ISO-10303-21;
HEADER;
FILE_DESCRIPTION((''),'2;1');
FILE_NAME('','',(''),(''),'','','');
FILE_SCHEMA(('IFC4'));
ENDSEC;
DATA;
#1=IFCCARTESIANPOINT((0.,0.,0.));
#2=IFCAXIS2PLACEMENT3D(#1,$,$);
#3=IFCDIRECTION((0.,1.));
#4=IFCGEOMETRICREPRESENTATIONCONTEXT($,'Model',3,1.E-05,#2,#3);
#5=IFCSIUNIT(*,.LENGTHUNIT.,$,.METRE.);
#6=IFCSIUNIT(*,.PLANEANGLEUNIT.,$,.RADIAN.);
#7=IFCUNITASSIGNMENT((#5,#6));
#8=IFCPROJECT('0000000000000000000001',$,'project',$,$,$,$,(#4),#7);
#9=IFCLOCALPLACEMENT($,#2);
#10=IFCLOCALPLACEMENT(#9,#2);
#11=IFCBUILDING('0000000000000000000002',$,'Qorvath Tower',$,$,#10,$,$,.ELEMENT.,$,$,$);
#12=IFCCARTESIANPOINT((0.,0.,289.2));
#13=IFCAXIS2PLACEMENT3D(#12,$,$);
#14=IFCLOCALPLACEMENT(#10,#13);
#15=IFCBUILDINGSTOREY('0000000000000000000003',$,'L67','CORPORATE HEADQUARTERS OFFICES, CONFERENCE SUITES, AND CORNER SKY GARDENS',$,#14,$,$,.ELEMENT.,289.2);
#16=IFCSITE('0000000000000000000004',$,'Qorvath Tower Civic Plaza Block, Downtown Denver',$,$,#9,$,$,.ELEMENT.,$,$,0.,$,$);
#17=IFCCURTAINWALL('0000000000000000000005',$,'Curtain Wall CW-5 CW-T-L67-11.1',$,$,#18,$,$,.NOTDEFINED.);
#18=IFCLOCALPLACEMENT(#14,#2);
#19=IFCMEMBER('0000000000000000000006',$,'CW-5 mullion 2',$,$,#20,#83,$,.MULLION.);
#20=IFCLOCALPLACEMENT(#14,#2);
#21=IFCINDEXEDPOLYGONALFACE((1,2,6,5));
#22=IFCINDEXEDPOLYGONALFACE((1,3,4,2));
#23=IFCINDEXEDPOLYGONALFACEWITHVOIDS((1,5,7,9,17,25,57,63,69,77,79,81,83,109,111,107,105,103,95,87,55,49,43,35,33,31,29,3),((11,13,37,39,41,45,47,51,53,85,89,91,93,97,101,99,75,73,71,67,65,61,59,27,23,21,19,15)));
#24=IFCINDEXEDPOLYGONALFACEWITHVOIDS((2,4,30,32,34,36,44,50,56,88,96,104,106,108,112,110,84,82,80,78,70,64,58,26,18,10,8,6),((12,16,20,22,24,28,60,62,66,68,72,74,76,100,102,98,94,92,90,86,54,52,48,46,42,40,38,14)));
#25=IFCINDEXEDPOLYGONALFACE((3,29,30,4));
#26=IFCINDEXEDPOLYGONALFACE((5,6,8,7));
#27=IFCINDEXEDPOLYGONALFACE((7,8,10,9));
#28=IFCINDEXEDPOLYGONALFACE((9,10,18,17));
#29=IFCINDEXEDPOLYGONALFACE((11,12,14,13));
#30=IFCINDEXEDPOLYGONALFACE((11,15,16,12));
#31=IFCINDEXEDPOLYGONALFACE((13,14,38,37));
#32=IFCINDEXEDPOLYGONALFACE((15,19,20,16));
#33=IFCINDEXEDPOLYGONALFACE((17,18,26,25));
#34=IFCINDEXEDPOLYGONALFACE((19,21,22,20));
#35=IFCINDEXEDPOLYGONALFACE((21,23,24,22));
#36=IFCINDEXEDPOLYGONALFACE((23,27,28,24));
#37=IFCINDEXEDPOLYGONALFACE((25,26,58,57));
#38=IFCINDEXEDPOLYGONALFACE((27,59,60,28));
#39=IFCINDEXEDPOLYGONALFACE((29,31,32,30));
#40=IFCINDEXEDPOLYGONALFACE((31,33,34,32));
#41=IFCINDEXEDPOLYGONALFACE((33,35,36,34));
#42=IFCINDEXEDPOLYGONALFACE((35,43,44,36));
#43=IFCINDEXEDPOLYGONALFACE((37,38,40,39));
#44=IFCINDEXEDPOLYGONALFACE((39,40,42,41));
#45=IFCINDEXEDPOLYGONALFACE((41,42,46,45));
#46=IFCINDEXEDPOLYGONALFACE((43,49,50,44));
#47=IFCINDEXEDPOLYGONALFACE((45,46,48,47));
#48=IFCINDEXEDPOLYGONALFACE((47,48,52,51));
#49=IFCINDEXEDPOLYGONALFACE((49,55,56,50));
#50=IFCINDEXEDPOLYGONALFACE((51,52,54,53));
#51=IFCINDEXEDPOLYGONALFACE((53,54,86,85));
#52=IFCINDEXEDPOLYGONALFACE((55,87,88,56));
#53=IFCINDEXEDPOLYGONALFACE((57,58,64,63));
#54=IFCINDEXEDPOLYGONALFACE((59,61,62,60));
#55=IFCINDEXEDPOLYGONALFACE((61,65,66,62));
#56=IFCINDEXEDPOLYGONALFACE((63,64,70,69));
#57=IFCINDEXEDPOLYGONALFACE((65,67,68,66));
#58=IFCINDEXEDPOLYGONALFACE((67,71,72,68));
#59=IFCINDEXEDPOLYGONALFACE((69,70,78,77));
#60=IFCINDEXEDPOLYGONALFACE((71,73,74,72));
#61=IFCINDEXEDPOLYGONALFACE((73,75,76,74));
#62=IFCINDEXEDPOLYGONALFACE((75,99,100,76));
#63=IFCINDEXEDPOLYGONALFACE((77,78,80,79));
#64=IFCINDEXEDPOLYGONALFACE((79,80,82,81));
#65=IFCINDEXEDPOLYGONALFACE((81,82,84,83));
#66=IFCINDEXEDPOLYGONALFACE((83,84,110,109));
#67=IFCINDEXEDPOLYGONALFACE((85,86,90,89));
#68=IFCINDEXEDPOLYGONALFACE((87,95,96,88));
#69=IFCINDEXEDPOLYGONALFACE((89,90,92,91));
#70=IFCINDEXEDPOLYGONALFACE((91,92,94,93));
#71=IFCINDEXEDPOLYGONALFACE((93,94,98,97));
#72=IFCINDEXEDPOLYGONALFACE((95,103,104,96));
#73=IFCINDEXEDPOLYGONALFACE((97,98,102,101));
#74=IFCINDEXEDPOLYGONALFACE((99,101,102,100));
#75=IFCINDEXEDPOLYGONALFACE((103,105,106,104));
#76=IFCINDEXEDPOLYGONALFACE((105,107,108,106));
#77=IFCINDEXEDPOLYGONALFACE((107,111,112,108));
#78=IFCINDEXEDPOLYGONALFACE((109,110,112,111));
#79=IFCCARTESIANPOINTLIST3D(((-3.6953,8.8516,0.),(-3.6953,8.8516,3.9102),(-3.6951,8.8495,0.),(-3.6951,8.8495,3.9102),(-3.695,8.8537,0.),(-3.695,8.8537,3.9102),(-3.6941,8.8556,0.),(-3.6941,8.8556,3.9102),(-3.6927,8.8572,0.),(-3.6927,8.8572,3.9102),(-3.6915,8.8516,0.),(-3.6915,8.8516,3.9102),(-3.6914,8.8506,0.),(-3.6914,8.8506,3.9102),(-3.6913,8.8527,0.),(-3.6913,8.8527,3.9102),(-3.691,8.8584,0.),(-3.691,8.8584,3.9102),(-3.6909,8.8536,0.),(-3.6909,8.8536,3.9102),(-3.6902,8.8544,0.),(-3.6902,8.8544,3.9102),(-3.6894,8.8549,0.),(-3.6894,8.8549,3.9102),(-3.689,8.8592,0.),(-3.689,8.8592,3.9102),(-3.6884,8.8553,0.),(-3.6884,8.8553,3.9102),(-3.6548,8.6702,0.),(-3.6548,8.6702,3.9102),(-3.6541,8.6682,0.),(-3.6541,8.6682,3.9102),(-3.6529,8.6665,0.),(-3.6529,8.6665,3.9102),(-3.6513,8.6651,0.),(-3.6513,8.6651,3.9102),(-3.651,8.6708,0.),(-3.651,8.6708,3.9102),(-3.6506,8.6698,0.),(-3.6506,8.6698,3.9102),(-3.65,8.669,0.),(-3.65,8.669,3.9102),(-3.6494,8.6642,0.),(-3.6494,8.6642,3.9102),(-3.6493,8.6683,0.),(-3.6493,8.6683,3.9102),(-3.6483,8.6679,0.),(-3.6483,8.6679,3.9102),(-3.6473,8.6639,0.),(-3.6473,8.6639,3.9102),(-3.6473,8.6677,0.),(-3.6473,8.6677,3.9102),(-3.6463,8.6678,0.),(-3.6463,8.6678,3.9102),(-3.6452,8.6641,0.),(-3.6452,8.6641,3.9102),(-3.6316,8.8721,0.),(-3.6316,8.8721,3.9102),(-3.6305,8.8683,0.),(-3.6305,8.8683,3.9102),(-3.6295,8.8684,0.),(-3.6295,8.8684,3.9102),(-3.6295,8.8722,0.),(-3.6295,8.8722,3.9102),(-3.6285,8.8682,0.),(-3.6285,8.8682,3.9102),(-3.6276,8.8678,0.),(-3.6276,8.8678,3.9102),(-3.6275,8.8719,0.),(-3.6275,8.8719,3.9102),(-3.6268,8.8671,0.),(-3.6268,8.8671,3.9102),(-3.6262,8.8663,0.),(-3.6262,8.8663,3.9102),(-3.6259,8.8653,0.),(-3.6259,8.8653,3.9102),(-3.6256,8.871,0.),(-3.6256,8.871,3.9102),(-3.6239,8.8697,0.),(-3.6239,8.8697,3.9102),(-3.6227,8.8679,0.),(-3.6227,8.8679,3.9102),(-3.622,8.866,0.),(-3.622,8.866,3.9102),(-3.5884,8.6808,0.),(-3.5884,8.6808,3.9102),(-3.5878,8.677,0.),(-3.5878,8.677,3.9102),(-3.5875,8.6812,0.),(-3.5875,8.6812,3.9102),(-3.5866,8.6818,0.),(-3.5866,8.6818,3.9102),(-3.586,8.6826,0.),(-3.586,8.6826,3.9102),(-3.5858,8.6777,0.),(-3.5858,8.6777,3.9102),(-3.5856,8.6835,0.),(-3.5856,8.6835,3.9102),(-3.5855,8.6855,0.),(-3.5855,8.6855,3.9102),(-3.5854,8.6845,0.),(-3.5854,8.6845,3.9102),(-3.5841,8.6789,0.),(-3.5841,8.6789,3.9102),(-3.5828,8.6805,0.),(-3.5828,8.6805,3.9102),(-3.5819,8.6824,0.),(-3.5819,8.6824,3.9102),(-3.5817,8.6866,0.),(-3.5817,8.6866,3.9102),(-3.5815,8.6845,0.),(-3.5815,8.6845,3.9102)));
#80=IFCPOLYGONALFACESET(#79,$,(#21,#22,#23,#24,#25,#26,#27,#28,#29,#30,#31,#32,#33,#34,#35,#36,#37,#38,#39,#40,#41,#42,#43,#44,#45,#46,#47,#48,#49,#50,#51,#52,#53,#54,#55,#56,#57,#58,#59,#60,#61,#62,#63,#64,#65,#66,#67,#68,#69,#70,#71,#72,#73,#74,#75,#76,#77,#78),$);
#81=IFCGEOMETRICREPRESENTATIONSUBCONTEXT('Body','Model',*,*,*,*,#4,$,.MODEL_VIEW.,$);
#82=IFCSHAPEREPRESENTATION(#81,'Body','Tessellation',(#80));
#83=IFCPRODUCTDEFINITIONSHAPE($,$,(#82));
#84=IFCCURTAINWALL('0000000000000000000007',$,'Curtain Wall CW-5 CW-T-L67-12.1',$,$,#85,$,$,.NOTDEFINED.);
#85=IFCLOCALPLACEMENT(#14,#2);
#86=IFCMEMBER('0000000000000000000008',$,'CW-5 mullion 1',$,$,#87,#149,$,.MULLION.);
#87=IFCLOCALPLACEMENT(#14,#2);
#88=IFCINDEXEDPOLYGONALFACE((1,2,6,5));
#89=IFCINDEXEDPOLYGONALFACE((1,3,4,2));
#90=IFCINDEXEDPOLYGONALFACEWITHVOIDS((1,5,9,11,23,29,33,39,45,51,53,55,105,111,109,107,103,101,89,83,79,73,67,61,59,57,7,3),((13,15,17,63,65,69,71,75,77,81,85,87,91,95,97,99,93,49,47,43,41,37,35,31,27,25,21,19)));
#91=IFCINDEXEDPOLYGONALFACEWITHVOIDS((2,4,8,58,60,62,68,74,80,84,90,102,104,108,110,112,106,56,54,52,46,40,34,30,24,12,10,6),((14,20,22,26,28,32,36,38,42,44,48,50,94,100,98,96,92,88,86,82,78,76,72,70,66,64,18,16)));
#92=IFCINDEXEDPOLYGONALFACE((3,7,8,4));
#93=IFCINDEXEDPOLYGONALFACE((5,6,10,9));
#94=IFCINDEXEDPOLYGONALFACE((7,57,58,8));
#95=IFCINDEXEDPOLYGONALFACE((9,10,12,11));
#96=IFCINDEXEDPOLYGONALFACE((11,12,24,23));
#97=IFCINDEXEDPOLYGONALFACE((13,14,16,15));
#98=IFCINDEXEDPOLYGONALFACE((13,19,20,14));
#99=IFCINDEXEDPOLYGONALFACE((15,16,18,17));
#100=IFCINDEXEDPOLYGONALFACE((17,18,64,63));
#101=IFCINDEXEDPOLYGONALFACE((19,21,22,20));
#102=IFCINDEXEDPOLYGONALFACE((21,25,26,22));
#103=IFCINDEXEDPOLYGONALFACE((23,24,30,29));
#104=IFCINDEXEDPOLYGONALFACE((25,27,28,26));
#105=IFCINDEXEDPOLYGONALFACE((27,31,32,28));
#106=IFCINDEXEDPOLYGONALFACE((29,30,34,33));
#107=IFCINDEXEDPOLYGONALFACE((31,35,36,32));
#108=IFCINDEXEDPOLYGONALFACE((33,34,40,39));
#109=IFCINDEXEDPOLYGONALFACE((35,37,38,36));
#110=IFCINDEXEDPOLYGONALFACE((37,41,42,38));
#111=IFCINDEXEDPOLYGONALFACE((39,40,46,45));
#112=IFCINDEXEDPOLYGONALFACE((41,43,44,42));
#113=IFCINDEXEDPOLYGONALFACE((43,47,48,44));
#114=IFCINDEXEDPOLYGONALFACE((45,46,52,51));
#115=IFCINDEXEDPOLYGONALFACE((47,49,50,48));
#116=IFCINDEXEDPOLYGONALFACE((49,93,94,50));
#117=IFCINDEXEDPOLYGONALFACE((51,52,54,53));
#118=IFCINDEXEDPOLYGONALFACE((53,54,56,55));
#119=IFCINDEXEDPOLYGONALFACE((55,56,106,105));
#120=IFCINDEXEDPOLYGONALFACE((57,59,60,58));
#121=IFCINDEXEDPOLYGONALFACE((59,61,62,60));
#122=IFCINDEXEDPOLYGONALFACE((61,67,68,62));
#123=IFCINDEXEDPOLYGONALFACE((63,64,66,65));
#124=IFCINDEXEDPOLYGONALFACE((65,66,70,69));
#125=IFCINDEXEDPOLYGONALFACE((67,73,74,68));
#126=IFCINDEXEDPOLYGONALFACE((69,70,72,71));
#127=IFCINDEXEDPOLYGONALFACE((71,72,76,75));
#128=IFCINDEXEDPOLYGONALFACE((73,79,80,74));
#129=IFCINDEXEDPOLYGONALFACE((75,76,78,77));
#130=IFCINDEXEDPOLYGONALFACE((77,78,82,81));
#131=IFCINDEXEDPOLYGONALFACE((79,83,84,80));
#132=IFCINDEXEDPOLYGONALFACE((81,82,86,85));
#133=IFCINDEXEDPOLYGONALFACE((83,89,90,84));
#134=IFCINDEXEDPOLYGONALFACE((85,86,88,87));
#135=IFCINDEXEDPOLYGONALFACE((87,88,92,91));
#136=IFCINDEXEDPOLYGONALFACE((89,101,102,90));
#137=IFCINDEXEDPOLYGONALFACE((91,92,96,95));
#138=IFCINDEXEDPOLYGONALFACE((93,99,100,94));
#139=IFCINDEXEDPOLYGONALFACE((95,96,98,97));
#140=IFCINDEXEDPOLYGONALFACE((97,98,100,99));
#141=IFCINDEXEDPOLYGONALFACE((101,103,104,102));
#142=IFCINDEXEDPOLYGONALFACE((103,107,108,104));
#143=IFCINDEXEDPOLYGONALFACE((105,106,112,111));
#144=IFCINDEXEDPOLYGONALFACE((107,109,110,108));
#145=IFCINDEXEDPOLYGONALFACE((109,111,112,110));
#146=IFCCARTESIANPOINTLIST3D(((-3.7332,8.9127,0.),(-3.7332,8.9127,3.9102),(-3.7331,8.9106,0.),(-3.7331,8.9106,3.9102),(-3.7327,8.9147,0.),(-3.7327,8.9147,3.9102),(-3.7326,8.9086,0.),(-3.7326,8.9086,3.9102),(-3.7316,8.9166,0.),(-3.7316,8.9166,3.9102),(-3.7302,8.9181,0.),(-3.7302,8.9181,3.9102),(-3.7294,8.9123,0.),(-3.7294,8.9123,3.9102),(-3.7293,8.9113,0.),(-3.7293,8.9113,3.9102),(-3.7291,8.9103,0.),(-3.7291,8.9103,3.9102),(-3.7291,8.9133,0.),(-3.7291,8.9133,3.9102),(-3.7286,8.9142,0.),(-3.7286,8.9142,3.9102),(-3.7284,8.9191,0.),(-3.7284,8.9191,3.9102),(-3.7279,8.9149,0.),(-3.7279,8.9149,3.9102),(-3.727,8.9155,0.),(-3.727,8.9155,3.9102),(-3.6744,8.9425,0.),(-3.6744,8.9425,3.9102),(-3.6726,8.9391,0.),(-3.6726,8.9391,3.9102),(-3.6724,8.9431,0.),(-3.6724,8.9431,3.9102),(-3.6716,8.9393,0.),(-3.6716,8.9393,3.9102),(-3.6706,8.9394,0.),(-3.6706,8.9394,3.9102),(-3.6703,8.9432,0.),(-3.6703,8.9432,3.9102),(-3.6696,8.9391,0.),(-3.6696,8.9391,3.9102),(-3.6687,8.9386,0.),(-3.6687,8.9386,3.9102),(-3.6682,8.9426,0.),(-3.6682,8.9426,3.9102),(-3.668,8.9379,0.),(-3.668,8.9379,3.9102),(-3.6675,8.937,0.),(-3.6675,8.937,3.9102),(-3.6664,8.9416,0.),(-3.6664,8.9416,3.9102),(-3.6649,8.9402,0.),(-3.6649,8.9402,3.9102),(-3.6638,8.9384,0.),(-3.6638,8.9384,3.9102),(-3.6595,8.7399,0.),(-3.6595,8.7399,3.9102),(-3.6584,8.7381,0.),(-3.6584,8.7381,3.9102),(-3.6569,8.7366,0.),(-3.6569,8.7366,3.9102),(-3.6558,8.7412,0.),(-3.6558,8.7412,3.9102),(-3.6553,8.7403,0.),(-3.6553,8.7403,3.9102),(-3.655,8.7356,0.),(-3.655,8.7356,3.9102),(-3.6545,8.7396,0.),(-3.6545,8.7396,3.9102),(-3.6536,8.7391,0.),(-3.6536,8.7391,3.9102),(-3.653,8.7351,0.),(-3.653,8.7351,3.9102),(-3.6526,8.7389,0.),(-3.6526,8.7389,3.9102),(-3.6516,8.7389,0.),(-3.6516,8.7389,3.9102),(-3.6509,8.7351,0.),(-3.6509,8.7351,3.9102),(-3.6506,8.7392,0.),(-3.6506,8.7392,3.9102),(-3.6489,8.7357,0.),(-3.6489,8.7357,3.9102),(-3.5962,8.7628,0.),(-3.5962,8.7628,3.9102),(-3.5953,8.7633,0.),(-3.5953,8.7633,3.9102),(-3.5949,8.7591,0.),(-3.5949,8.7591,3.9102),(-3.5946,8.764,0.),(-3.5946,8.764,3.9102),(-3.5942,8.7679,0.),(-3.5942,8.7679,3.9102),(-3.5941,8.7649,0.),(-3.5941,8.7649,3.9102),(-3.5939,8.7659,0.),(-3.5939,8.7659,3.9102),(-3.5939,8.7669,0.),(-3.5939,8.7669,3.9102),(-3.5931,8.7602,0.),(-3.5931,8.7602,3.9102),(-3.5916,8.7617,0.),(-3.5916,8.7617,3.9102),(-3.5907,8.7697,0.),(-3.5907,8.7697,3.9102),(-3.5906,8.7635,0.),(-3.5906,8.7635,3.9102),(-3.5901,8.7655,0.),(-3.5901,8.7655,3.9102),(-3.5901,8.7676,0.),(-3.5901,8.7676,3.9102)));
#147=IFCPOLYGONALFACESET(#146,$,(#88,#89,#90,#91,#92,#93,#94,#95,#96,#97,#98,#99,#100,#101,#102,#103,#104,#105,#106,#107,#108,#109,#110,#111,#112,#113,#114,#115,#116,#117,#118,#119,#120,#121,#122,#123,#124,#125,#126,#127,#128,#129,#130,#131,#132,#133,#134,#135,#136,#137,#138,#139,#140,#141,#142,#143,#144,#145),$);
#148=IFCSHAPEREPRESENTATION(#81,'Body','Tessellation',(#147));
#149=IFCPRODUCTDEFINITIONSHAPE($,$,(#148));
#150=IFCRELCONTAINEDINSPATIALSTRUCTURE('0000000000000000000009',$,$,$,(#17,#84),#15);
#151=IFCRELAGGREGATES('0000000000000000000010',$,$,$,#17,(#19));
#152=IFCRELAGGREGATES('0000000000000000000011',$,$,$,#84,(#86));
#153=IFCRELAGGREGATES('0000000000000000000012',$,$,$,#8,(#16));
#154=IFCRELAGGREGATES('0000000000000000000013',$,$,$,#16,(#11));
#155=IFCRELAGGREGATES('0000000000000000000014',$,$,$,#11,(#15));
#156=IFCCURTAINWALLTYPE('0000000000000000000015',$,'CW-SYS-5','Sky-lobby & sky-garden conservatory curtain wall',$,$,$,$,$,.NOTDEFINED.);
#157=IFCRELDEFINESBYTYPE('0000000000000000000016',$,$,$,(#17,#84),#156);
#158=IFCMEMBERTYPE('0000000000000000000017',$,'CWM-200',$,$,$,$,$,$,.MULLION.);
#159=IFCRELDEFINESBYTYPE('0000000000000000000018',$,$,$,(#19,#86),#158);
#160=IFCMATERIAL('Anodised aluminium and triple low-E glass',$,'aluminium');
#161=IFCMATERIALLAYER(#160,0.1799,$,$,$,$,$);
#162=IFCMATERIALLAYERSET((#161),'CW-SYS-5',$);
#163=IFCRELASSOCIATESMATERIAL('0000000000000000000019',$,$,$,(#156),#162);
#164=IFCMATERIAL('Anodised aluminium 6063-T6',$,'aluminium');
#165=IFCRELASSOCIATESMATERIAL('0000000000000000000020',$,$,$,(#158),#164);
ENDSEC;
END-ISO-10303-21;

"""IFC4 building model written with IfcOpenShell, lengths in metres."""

from ifc_helpers import new_model, si_unit, direction, frame, origin, origin_2d, place, context, subcontext, project, spatial, hollow_rectangle, extrude, material, layer, layer_set, material_profile, profile_set, type_object, element, aggregate, save


model = new_model("IFC4")

# Units and contexts
model_context = context("Model", 3, precision=1e-05, world=origin(), true_north=direction((0.0, 1.0)))
body_context = subcontext(model_context, "Body", "Model", "MODEL_VIEW")
ifc_project = project(units=[si_unit("LENGTHUNIT", "METRE"), si_unit("PLANEANGLEUNIT", "RADIAN")], contexts=[model_context])

# Site, building, storey
site_placement = place(None, origin())
site = spatial("IfcSite", under=ifc_project, at=site_placement, Name="Qorvath Tower Civic Plaza Block, Downtown Denver", CompositionType="ELEMENT", RefElevation=0.0)
building_placement = place(site_placement, origin())
building = spatial("IfcBuilding", under=site, at=building_placement, Name="Qorvath Tower", CompositionType="ELEMENT")
storey_placement = place(building_placement, frame((0.0, 0.0, 289.2)))
storey = spatial("IfcBuildingStorey", under=building, at=storey_placement, Name="L67", Description="CORPORATE HEADQUARTERS OFFICES, CONFERENCE SUITES, AND CORNER SKY GARDENS", CompositionType="ELEMENT", Elevation=289.2)

# Curtain wall, member
ifc_material_1 = material(Name="Anodised aluminium and triple low-E glass", Category="aluminium")
ifc_layer_1 = layer(ifc_material_1, 0.1799)
ifc_layer_set_1 = layer_set([ifc_layer_1], Name="CW-SYS-5")
curtain_wall_type = type_object("IfcCurtainWallType", Name="CW-SYS-5", Description="Sky-lobby & sky-garden conservatory curtain wall", PredefinedType="NOTDEFINED", material=ifc_layer_set_1)
curtain_wall_1_placement = place(storey_placement, origin())
curtain_wall_1 = element("IfcCurtainWall", 1, at=curtain_wall_1_placement, inside=storey, type_object=curtain_wall_type, Name="Curtain Wall CW-5 CW-T-L67-11.1", PredefinedType="NOTDEFINED")
ifc_material_2 = material(Name="Anodised aluminium 6063-T6", Category="aluminium")
ifc_material_profile_1 = material_profile(ifc_material_2, hollow_rectangle(XDim=0.075, YDim=0.2, WallThickness=0.0039, InnerFilletRadius=0.0039, OuterFilletRadius=0.0081, at=origin_2d()), Name="CWM 200x75")
ifc_profile_set_1 = profile_set([ifc_material_profile_1], Name="Anodised aluminium 6063-T6")
member_type_1 = type_object("IfcMemberType", Name="CWM-200", PredefinedType="MULLION", material=ifc_profile_set_1)
member_1_placement = place(storey_placement, frame((-3.6384, 8.7681, 0.0), z_axis=(0.0, 0.0, 1.0), x_axis=(-0.97568, -0.219199, 0.0)))
member_1 = element("IfcMember", 2, at=member_1_placement, type_object=member_type_1, Name="CW-5 mullion 2", PredefinedType="MULLION", context=body_context, shape_type="SweptSolid", body=[
    extrude(hollow_rectangle(XDim=0.075, YDim=0.2, WallThickness=0.0039, InnerFilletRadius=0.0039, OuterFilletRadius=0.0081, at=origin_2d()), origin(), (0.0, 0.0, 1.0), 3.9102),
])

# Curtain wall, member
curtain_wall_2_placement = place(storey_placement, origin())
curtain_wall_2 = element("IfcCurtainWall", 3, at=curtain_wall_2_placement, inside=storey, type_object=curtain_wall_type, Name="Curtain Wall CW-5 CW-T-L67-12.1", PredefinedType="NOTDEFINED")
member_2_placement = place(storey_placement, frame((-3.6616, 8.8391, 0.0), z_axis=(0.0, 0.0, 1.0), x_axis=(-0.917563, -0.39759, 0.0)))
member_2 = element("IfcMember", 4, at=member_2_placement, type_object=member_type_1, Name="CW-5 mullion 1", PredefinedType="MULLION", context=body_context, shape_type="SweptSolid", body=[
    extrude(hollow_rectangle(XDim=0.075, YDim=0.2, WallThickness=0.0039, InnerFilletRadius=0.0039, OuterFilletRadius=0.0081, at=origin_2d()), origin(), (0.0, 0.0, 1.0), 3.9102),
])

aggregate(curtain_wall_1, [member_1])
aggregate(curtain_wall_2, [member_2])

save(model, "model.ifc")
